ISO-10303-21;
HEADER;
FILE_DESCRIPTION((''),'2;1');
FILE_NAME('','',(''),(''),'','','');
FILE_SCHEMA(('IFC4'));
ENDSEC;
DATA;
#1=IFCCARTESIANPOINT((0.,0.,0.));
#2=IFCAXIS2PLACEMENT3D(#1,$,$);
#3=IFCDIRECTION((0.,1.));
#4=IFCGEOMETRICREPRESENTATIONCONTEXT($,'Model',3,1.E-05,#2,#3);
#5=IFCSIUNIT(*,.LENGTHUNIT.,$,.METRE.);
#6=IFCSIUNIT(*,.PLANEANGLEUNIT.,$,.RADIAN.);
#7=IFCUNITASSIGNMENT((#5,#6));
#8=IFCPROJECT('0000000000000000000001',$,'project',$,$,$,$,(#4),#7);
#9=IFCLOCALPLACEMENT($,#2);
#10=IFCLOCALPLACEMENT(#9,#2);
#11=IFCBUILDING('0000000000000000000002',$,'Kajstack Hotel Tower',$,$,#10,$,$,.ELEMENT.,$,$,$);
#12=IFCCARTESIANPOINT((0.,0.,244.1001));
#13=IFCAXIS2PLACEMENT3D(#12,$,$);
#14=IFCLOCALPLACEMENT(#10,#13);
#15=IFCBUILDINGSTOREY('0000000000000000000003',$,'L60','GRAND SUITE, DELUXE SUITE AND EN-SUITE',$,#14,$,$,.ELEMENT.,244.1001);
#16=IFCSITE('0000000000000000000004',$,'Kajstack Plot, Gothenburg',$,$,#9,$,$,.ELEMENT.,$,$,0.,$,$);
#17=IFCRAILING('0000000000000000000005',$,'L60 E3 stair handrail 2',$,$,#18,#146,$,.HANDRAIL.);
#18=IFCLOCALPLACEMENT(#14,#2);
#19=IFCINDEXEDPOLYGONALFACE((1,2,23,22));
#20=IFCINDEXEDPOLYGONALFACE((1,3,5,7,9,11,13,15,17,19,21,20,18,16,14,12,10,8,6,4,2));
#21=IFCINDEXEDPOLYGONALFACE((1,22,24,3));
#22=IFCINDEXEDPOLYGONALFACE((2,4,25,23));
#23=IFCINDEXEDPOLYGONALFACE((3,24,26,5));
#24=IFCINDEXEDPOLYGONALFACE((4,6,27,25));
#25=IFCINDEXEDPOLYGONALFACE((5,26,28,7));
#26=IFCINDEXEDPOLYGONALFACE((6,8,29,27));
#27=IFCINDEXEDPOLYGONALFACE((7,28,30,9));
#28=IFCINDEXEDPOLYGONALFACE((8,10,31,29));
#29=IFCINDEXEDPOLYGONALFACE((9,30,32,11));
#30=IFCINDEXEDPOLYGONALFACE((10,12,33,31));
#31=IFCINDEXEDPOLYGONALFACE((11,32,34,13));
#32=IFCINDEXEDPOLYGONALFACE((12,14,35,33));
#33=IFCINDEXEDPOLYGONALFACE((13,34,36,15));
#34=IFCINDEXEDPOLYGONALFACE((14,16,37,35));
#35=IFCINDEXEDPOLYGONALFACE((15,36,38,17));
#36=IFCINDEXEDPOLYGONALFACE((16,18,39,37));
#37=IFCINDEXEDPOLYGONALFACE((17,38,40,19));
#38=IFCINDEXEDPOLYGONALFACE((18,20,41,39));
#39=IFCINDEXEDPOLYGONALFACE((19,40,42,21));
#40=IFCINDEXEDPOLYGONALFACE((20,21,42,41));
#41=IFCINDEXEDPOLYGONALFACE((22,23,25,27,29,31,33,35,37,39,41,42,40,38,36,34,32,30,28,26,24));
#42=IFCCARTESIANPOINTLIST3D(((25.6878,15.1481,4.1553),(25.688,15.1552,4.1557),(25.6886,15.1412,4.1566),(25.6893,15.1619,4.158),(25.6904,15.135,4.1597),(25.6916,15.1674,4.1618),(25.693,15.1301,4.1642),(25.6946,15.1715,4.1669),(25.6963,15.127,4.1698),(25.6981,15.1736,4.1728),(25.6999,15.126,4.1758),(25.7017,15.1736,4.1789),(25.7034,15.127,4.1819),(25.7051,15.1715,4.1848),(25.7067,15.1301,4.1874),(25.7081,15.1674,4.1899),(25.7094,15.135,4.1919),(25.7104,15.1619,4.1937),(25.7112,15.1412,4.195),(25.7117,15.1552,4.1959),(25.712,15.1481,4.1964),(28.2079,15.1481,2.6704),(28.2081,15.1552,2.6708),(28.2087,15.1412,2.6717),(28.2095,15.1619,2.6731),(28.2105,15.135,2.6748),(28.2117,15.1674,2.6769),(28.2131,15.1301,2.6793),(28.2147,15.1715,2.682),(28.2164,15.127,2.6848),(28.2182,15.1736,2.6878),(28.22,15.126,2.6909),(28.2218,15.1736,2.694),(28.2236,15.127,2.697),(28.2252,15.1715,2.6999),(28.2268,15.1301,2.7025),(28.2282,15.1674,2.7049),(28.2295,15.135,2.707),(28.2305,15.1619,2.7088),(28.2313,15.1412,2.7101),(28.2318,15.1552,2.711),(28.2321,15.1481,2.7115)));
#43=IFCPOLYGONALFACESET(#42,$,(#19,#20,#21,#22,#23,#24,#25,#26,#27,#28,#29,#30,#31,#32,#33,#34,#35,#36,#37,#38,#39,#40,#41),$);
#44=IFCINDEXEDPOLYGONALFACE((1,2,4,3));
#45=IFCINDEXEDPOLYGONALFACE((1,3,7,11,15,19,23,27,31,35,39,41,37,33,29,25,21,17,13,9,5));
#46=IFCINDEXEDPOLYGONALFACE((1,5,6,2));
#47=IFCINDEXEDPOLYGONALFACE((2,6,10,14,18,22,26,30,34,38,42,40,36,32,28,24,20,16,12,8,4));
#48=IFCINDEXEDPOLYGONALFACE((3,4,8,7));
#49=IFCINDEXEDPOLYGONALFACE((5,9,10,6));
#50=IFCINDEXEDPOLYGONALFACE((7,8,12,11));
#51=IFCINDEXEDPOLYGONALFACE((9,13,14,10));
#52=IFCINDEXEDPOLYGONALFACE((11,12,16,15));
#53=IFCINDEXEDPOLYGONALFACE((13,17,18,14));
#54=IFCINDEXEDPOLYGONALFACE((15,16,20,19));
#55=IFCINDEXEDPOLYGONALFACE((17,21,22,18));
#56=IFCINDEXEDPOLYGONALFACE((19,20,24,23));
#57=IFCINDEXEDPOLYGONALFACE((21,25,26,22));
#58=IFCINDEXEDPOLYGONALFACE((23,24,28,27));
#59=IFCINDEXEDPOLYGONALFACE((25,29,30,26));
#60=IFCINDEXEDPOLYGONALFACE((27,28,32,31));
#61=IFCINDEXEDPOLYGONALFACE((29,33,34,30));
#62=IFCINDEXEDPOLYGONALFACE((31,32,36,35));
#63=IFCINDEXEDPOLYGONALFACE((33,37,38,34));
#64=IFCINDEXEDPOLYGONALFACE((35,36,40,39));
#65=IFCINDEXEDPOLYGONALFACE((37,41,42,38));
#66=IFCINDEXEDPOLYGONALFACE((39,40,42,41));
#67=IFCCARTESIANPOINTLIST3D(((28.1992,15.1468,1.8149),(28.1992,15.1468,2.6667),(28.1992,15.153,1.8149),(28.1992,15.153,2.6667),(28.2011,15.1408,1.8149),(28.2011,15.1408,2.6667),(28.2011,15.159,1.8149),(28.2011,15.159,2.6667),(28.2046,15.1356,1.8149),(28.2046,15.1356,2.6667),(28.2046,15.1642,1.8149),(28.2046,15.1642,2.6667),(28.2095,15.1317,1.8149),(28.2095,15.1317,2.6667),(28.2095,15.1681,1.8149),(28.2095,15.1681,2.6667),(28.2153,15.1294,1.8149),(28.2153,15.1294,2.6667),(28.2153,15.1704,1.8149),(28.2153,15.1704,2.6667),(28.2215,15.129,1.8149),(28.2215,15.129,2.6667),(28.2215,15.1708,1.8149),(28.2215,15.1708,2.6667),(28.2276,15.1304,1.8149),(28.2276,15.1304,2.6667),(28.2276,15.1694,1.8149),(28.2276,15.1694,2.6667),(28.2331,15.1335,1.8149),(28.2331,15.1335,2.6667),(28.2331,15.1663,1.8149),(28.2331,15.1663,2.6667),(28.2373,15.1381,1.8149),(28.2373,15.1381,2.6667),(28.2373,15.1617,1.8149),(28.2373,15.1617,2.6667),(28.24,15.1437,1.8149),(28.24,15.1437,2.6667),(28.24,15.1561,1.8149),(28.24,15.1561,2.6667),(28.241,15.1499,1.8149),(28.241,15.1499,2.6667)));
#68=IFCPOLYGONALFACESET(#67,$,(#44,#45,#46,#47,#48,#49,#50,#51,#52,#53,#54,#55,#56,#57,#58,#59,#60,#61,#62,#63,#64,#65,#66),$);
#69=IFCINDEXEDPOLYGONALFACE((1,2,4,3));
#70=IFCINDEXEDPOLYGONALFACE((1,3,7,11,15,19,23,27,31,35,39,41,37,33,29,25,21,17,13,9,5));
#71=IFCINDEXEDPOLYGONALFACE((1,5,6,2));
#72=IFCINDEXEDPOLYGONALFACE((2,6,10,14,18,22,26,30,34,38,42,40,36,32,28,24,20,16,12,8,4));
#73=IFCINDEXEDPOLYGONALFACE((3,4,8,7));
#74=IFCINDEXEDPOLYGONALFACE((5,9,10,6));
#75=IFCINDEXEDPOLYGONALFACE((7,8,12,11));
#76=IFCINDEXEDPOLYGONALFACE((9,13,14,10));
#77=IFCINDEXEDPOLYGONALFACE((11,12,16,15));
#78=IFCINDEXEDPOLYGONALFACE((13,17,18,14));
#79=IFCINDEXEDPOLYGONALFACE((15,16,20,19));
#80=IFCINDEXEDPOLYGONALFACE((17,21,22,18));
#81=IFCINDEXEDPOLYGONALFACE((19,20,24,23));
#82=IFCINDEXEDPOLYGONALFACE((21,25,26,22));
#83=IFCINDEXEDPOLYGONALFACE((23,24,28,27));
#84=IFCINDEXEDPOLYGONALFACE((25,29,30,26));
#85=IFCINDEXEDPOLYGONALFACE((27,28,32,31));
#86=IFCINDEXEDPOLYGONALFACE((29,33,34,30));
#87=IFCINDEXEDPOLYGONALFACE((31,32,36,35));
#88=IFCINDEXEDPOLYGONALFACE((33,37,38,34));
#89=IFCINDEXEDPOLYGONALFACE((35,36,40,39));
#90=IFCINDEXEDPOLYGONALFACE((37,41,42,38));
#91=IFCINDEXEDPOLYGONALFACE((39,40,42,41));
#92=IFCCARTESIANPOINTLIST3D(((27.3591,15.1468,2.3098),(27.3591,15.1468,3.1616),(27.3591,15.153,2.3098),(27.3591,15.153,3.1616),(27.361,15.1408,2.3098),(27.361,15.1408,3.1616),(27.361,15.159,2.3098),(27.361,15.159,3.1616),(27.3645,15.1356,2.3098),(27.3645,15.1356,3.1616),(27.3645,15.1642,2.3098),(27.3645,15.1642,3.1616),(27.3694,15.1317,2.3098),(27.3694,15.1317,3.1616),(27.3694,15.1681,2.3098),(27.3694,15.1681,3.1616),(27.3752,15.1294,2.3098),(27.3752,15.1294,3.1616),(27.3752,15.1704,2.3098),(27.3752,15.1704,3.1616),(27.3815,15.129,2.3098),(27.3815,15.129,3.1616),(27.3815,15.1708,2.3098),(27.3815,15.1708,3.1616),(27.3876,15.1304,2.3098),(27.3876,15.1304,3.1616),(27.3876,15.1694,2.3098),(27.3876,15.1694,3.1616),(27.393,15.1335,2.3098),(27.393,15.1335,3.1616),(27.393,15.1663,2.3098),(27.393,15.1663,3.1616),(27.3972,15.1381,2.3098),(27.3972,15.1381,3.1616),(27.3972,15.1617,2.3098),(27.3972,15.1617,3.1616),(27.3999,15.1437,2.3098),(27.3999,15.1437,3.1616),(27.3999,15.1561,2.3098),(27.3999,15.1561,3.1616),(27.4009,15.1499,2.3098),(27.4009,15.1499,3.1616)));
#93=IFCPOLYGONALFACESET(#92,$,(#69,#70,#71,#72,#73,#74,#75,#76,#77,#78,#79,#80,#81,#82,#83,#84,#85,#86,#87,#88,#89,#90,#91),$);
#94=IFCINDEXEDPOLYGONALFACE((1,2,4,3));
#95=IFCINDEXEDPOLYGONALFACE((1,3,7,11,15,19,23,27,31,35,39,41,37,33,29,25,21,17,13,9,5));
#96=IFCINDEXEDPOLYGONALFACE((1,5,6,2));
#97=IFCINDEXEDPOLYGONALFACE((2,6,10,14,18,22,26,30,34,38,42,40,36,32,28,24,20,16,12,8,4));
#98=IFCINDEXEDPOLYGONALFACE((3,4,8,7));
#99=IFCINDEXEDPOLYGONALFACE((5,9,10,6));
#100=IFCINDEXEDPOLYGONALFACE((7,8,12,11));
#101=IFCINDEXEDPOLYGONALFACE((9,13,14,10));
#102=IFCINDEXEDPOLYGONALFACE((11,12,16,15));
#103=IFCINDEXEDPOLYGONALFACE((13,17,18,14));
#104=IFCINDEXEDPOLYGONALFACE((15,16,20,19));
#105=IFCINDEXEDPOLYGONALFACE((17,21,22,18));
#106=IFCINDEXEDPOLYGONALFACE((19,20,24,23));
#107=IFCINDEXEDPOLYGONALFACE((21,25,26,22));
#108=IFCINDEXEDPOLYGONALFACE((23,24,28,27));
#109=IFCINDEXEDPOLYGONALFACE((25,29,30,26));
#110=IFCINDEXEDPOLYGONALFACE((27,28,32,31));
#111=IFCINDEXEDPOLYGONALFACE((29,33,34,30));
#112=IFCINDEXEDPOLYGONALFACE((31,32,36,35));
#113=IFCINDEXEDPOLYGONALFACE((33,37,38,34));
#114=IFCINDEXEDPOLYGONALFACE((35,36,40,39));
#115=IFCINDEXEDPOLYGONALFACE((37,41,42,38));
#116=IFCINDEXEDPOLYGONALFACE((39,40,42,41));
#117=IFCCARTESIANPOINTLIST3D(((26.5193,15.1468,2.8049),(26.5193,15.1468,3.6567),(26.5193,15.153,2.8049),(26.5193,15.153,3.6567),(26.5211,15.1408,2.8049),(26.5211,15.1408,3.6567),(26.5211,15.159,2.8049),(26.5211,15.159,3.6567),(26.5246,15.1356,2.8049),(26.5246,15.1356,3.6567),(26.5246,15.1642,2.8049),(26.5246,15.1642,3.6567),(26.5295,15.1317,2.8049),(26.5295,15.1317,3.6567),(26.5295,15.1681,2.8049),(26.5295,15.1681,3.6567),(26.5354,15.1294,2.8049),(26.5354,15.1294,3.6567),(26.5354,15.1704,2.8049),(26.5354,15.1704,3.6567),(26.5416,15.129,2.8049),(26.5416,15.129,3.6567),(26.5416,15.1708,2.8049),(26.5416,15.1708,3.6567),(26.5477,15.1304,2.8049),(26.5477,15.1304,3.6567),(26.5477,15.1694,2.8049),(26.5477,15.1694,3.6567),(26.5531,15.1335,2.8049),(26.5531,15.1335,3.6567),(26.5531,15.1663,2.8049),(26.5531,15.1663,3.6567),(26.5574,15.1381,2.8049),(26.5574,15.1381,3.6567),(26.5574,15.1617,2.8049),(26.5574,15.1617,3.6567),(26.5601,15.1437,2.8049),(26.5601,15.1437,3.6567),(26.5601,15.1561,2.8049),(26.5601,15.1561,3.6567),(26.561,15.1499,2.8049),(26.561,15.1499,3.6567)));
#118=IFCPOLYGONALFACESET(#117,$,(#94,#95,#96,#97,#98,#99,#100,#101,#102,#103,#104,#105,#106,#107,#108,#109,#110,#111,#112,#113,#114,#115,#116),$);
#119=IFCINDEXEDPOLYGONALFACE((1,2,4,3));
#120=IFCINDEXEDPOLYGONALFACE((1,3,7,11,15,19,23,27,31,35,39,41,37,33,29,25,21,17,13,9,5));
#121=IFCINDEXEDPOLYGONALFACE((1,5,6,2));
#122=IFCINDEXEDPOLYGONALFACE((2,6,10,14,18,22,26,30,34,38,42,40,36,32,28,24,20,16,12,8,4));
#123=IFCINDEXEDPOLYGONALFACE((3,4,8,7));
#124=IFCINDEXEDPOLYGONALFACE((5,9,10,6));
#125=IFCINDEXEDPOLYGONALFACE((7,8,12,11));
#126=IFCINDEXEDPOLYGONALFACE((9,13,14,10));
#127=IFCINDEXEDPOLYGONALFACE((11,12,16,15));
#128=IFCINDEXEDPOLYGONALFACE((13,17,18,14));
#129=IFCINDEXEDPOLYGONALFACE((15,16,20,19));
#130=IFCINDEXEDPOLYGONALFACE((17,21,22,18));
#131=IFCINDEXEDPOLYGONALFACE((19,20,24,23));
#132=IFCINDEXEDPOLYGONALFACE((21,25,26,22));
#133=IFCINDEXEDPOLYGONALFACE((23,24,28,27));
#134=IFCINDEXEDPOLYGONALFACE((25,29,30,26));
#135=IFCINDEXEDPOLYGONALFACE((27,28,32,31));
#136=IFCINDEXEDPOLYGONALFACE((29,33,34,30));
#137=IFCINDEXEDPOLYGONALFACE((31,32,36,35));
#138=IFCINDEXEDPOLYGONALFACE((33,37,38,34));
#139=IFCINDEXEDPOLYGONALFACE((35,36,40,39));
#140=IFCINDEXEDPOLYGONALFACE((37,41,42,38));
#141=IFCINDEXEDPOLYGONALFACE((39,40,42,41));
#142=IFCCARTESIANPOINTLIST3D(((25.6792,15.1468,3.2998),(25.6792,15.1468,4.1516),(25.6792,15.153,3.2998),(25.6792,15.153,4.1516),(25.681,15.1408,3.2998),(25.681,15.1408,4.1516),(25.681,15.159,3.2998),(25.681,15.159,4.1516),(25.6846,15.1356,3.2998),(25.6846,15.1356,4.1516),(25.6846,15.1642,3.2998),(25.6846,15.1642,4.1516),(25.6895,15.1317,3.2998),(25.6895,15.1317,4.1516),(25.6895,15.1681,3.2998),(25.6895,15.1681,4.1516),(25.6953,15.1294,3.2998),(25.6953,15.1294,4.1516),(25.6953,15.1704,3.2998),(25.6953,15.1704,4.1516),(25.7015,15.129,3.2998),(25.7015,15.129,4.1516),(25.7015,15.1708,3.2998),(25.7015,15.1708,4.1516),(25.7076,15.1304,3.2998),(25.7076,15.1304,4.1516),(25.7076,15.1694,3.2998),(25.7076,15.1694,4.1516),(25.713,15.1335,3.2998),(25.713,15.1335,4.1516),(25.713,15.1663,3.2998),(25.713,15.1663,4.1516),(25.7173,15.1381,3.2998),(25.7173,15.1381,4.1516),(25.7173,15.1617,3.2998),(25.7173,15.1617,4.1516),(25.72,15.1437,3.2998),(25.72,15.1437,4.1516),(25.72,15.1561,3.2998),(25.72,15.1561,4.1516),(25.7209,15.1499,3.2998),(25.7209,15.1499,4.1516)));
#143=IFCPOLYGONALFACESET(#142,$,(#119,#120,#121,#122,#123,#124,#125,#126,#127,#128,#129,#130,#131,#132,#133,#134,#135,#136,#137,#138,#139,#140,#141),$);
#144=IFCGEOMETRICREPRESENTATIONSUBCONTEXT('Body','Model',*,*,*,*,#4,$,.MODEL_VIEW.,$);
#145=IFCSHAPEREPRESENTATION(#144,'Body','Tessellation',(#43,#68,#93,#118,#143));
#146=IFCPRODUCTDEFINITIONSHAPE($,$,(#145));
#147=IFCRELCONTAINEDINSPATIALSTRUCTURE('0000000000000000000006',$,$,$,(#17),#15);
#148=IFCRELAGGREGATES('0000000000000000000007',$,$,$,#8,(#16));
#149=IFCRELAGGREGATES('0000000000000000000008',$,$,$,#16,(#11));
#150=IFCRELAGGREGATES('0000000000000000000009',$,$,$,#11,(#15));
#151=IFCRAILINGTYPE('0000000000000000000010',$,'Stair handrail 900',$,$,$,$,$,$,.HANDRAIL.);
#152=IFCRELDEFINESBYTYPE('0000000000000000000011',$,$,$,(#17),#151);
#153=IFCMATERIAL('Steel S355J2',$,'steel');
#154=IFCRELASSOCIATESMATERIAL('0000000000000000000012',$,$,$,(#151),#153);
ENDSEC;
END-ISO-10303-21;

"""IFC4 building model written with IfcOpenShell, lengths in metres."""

from ifc_helpers import new_model, si_unit, direction, frame, origin, origin_2d, place, context, subcontext, project, spatial, circle, extrude, material, type_object, element, save


model = new_model("IFC4")

# Units and contexts
model_context = context("Model", 3, precision=1e-05, world=origin(), true_north=direction((0.0, 1.0)))
body_context = subcontext(model_context, "Body", "Model", "MODEL_VIEW")
ifc_project = project(units=[si_unit("LENGTHUNIT", "METRE"), si_unit("PLANEANGLEUNIT", "RADIAN")], contexts=[model_context])

# Site, building, storey
site_placement = place(None, origin())
site = spatial("IfcSite", under=ifc_project, at=site_placement, Name="Kajstack Plot, Gothenburg", CompositionType="ELEMENT", RefElevation=0.0)
building_placement = place(site_placement, origin())
building = spatial("IfcBuilding", under=site, at=building_placement, Name="Kajstack Hotel Tower", CompositionType="ELEMENT")
storey_placement = place(building_placement, frame((0.0, 0.0, 244.1001)))
storey = spatial("IfcBuildingStorey", under=building, at=storey_placement, Name="L60", Description="GRAND SUITE, DELUXE SUITE AND EN-SUITE", CompositionType="ELEMENT", Elevation=244.1001)

# Railing
ifc_material_1 = material(Name="Steel S355J2", Category="steel")
railing_type_1 = type_object("IfcRailingType", Name="Stair handrail 900", PredefinedType="HANDRAIL", material=ifc_material_1)
railing_1_placement = place(storey_placement, frame((28.22, 15.1499, 1.8149)))
element("IfcRailing", 1, at=railing_1_placement, inside=storey, type_object=railing_type_1, Name="L60 E3 stair handrail 2", PredefinedType="HANDRAIL", context=body_context, shape_type="SweptSolid", body=[
    extrude(circle(Radius=0.0239, at=origin_2d()), frame((0.0, 0.0, 0.876), z_axis=(-0.861561, 0.0, 0.507655), x_axis=(0.0, -1.0, 0.0)), (0.0, 0.0, 1.0), 2.925),
    extrude(circle(Radius=0.021, at=origin_2d()), origin(), (0.0, 0.0, 1.0), 0.8518),
    extrude(circle(Radius=0.021, at=origin_2d()), frame((-0.8401, 0.0, 0.4949)), (0.0, 0.0, 1.0), 0.8518),
    extrude(circle(Radius=0.021, at=origin_2d()), frame((-1.6799, 0.0, 0.99)), (0.0, 0.0, 1.0), 0.8518),
    extrude(circle(Radius=0.021, at=origin_2d()), frame((-2.52, 0.0, 1.4849)), (0.0, 0.0, 1.0), 0.8518),
])

save(model, "model.ifc")
